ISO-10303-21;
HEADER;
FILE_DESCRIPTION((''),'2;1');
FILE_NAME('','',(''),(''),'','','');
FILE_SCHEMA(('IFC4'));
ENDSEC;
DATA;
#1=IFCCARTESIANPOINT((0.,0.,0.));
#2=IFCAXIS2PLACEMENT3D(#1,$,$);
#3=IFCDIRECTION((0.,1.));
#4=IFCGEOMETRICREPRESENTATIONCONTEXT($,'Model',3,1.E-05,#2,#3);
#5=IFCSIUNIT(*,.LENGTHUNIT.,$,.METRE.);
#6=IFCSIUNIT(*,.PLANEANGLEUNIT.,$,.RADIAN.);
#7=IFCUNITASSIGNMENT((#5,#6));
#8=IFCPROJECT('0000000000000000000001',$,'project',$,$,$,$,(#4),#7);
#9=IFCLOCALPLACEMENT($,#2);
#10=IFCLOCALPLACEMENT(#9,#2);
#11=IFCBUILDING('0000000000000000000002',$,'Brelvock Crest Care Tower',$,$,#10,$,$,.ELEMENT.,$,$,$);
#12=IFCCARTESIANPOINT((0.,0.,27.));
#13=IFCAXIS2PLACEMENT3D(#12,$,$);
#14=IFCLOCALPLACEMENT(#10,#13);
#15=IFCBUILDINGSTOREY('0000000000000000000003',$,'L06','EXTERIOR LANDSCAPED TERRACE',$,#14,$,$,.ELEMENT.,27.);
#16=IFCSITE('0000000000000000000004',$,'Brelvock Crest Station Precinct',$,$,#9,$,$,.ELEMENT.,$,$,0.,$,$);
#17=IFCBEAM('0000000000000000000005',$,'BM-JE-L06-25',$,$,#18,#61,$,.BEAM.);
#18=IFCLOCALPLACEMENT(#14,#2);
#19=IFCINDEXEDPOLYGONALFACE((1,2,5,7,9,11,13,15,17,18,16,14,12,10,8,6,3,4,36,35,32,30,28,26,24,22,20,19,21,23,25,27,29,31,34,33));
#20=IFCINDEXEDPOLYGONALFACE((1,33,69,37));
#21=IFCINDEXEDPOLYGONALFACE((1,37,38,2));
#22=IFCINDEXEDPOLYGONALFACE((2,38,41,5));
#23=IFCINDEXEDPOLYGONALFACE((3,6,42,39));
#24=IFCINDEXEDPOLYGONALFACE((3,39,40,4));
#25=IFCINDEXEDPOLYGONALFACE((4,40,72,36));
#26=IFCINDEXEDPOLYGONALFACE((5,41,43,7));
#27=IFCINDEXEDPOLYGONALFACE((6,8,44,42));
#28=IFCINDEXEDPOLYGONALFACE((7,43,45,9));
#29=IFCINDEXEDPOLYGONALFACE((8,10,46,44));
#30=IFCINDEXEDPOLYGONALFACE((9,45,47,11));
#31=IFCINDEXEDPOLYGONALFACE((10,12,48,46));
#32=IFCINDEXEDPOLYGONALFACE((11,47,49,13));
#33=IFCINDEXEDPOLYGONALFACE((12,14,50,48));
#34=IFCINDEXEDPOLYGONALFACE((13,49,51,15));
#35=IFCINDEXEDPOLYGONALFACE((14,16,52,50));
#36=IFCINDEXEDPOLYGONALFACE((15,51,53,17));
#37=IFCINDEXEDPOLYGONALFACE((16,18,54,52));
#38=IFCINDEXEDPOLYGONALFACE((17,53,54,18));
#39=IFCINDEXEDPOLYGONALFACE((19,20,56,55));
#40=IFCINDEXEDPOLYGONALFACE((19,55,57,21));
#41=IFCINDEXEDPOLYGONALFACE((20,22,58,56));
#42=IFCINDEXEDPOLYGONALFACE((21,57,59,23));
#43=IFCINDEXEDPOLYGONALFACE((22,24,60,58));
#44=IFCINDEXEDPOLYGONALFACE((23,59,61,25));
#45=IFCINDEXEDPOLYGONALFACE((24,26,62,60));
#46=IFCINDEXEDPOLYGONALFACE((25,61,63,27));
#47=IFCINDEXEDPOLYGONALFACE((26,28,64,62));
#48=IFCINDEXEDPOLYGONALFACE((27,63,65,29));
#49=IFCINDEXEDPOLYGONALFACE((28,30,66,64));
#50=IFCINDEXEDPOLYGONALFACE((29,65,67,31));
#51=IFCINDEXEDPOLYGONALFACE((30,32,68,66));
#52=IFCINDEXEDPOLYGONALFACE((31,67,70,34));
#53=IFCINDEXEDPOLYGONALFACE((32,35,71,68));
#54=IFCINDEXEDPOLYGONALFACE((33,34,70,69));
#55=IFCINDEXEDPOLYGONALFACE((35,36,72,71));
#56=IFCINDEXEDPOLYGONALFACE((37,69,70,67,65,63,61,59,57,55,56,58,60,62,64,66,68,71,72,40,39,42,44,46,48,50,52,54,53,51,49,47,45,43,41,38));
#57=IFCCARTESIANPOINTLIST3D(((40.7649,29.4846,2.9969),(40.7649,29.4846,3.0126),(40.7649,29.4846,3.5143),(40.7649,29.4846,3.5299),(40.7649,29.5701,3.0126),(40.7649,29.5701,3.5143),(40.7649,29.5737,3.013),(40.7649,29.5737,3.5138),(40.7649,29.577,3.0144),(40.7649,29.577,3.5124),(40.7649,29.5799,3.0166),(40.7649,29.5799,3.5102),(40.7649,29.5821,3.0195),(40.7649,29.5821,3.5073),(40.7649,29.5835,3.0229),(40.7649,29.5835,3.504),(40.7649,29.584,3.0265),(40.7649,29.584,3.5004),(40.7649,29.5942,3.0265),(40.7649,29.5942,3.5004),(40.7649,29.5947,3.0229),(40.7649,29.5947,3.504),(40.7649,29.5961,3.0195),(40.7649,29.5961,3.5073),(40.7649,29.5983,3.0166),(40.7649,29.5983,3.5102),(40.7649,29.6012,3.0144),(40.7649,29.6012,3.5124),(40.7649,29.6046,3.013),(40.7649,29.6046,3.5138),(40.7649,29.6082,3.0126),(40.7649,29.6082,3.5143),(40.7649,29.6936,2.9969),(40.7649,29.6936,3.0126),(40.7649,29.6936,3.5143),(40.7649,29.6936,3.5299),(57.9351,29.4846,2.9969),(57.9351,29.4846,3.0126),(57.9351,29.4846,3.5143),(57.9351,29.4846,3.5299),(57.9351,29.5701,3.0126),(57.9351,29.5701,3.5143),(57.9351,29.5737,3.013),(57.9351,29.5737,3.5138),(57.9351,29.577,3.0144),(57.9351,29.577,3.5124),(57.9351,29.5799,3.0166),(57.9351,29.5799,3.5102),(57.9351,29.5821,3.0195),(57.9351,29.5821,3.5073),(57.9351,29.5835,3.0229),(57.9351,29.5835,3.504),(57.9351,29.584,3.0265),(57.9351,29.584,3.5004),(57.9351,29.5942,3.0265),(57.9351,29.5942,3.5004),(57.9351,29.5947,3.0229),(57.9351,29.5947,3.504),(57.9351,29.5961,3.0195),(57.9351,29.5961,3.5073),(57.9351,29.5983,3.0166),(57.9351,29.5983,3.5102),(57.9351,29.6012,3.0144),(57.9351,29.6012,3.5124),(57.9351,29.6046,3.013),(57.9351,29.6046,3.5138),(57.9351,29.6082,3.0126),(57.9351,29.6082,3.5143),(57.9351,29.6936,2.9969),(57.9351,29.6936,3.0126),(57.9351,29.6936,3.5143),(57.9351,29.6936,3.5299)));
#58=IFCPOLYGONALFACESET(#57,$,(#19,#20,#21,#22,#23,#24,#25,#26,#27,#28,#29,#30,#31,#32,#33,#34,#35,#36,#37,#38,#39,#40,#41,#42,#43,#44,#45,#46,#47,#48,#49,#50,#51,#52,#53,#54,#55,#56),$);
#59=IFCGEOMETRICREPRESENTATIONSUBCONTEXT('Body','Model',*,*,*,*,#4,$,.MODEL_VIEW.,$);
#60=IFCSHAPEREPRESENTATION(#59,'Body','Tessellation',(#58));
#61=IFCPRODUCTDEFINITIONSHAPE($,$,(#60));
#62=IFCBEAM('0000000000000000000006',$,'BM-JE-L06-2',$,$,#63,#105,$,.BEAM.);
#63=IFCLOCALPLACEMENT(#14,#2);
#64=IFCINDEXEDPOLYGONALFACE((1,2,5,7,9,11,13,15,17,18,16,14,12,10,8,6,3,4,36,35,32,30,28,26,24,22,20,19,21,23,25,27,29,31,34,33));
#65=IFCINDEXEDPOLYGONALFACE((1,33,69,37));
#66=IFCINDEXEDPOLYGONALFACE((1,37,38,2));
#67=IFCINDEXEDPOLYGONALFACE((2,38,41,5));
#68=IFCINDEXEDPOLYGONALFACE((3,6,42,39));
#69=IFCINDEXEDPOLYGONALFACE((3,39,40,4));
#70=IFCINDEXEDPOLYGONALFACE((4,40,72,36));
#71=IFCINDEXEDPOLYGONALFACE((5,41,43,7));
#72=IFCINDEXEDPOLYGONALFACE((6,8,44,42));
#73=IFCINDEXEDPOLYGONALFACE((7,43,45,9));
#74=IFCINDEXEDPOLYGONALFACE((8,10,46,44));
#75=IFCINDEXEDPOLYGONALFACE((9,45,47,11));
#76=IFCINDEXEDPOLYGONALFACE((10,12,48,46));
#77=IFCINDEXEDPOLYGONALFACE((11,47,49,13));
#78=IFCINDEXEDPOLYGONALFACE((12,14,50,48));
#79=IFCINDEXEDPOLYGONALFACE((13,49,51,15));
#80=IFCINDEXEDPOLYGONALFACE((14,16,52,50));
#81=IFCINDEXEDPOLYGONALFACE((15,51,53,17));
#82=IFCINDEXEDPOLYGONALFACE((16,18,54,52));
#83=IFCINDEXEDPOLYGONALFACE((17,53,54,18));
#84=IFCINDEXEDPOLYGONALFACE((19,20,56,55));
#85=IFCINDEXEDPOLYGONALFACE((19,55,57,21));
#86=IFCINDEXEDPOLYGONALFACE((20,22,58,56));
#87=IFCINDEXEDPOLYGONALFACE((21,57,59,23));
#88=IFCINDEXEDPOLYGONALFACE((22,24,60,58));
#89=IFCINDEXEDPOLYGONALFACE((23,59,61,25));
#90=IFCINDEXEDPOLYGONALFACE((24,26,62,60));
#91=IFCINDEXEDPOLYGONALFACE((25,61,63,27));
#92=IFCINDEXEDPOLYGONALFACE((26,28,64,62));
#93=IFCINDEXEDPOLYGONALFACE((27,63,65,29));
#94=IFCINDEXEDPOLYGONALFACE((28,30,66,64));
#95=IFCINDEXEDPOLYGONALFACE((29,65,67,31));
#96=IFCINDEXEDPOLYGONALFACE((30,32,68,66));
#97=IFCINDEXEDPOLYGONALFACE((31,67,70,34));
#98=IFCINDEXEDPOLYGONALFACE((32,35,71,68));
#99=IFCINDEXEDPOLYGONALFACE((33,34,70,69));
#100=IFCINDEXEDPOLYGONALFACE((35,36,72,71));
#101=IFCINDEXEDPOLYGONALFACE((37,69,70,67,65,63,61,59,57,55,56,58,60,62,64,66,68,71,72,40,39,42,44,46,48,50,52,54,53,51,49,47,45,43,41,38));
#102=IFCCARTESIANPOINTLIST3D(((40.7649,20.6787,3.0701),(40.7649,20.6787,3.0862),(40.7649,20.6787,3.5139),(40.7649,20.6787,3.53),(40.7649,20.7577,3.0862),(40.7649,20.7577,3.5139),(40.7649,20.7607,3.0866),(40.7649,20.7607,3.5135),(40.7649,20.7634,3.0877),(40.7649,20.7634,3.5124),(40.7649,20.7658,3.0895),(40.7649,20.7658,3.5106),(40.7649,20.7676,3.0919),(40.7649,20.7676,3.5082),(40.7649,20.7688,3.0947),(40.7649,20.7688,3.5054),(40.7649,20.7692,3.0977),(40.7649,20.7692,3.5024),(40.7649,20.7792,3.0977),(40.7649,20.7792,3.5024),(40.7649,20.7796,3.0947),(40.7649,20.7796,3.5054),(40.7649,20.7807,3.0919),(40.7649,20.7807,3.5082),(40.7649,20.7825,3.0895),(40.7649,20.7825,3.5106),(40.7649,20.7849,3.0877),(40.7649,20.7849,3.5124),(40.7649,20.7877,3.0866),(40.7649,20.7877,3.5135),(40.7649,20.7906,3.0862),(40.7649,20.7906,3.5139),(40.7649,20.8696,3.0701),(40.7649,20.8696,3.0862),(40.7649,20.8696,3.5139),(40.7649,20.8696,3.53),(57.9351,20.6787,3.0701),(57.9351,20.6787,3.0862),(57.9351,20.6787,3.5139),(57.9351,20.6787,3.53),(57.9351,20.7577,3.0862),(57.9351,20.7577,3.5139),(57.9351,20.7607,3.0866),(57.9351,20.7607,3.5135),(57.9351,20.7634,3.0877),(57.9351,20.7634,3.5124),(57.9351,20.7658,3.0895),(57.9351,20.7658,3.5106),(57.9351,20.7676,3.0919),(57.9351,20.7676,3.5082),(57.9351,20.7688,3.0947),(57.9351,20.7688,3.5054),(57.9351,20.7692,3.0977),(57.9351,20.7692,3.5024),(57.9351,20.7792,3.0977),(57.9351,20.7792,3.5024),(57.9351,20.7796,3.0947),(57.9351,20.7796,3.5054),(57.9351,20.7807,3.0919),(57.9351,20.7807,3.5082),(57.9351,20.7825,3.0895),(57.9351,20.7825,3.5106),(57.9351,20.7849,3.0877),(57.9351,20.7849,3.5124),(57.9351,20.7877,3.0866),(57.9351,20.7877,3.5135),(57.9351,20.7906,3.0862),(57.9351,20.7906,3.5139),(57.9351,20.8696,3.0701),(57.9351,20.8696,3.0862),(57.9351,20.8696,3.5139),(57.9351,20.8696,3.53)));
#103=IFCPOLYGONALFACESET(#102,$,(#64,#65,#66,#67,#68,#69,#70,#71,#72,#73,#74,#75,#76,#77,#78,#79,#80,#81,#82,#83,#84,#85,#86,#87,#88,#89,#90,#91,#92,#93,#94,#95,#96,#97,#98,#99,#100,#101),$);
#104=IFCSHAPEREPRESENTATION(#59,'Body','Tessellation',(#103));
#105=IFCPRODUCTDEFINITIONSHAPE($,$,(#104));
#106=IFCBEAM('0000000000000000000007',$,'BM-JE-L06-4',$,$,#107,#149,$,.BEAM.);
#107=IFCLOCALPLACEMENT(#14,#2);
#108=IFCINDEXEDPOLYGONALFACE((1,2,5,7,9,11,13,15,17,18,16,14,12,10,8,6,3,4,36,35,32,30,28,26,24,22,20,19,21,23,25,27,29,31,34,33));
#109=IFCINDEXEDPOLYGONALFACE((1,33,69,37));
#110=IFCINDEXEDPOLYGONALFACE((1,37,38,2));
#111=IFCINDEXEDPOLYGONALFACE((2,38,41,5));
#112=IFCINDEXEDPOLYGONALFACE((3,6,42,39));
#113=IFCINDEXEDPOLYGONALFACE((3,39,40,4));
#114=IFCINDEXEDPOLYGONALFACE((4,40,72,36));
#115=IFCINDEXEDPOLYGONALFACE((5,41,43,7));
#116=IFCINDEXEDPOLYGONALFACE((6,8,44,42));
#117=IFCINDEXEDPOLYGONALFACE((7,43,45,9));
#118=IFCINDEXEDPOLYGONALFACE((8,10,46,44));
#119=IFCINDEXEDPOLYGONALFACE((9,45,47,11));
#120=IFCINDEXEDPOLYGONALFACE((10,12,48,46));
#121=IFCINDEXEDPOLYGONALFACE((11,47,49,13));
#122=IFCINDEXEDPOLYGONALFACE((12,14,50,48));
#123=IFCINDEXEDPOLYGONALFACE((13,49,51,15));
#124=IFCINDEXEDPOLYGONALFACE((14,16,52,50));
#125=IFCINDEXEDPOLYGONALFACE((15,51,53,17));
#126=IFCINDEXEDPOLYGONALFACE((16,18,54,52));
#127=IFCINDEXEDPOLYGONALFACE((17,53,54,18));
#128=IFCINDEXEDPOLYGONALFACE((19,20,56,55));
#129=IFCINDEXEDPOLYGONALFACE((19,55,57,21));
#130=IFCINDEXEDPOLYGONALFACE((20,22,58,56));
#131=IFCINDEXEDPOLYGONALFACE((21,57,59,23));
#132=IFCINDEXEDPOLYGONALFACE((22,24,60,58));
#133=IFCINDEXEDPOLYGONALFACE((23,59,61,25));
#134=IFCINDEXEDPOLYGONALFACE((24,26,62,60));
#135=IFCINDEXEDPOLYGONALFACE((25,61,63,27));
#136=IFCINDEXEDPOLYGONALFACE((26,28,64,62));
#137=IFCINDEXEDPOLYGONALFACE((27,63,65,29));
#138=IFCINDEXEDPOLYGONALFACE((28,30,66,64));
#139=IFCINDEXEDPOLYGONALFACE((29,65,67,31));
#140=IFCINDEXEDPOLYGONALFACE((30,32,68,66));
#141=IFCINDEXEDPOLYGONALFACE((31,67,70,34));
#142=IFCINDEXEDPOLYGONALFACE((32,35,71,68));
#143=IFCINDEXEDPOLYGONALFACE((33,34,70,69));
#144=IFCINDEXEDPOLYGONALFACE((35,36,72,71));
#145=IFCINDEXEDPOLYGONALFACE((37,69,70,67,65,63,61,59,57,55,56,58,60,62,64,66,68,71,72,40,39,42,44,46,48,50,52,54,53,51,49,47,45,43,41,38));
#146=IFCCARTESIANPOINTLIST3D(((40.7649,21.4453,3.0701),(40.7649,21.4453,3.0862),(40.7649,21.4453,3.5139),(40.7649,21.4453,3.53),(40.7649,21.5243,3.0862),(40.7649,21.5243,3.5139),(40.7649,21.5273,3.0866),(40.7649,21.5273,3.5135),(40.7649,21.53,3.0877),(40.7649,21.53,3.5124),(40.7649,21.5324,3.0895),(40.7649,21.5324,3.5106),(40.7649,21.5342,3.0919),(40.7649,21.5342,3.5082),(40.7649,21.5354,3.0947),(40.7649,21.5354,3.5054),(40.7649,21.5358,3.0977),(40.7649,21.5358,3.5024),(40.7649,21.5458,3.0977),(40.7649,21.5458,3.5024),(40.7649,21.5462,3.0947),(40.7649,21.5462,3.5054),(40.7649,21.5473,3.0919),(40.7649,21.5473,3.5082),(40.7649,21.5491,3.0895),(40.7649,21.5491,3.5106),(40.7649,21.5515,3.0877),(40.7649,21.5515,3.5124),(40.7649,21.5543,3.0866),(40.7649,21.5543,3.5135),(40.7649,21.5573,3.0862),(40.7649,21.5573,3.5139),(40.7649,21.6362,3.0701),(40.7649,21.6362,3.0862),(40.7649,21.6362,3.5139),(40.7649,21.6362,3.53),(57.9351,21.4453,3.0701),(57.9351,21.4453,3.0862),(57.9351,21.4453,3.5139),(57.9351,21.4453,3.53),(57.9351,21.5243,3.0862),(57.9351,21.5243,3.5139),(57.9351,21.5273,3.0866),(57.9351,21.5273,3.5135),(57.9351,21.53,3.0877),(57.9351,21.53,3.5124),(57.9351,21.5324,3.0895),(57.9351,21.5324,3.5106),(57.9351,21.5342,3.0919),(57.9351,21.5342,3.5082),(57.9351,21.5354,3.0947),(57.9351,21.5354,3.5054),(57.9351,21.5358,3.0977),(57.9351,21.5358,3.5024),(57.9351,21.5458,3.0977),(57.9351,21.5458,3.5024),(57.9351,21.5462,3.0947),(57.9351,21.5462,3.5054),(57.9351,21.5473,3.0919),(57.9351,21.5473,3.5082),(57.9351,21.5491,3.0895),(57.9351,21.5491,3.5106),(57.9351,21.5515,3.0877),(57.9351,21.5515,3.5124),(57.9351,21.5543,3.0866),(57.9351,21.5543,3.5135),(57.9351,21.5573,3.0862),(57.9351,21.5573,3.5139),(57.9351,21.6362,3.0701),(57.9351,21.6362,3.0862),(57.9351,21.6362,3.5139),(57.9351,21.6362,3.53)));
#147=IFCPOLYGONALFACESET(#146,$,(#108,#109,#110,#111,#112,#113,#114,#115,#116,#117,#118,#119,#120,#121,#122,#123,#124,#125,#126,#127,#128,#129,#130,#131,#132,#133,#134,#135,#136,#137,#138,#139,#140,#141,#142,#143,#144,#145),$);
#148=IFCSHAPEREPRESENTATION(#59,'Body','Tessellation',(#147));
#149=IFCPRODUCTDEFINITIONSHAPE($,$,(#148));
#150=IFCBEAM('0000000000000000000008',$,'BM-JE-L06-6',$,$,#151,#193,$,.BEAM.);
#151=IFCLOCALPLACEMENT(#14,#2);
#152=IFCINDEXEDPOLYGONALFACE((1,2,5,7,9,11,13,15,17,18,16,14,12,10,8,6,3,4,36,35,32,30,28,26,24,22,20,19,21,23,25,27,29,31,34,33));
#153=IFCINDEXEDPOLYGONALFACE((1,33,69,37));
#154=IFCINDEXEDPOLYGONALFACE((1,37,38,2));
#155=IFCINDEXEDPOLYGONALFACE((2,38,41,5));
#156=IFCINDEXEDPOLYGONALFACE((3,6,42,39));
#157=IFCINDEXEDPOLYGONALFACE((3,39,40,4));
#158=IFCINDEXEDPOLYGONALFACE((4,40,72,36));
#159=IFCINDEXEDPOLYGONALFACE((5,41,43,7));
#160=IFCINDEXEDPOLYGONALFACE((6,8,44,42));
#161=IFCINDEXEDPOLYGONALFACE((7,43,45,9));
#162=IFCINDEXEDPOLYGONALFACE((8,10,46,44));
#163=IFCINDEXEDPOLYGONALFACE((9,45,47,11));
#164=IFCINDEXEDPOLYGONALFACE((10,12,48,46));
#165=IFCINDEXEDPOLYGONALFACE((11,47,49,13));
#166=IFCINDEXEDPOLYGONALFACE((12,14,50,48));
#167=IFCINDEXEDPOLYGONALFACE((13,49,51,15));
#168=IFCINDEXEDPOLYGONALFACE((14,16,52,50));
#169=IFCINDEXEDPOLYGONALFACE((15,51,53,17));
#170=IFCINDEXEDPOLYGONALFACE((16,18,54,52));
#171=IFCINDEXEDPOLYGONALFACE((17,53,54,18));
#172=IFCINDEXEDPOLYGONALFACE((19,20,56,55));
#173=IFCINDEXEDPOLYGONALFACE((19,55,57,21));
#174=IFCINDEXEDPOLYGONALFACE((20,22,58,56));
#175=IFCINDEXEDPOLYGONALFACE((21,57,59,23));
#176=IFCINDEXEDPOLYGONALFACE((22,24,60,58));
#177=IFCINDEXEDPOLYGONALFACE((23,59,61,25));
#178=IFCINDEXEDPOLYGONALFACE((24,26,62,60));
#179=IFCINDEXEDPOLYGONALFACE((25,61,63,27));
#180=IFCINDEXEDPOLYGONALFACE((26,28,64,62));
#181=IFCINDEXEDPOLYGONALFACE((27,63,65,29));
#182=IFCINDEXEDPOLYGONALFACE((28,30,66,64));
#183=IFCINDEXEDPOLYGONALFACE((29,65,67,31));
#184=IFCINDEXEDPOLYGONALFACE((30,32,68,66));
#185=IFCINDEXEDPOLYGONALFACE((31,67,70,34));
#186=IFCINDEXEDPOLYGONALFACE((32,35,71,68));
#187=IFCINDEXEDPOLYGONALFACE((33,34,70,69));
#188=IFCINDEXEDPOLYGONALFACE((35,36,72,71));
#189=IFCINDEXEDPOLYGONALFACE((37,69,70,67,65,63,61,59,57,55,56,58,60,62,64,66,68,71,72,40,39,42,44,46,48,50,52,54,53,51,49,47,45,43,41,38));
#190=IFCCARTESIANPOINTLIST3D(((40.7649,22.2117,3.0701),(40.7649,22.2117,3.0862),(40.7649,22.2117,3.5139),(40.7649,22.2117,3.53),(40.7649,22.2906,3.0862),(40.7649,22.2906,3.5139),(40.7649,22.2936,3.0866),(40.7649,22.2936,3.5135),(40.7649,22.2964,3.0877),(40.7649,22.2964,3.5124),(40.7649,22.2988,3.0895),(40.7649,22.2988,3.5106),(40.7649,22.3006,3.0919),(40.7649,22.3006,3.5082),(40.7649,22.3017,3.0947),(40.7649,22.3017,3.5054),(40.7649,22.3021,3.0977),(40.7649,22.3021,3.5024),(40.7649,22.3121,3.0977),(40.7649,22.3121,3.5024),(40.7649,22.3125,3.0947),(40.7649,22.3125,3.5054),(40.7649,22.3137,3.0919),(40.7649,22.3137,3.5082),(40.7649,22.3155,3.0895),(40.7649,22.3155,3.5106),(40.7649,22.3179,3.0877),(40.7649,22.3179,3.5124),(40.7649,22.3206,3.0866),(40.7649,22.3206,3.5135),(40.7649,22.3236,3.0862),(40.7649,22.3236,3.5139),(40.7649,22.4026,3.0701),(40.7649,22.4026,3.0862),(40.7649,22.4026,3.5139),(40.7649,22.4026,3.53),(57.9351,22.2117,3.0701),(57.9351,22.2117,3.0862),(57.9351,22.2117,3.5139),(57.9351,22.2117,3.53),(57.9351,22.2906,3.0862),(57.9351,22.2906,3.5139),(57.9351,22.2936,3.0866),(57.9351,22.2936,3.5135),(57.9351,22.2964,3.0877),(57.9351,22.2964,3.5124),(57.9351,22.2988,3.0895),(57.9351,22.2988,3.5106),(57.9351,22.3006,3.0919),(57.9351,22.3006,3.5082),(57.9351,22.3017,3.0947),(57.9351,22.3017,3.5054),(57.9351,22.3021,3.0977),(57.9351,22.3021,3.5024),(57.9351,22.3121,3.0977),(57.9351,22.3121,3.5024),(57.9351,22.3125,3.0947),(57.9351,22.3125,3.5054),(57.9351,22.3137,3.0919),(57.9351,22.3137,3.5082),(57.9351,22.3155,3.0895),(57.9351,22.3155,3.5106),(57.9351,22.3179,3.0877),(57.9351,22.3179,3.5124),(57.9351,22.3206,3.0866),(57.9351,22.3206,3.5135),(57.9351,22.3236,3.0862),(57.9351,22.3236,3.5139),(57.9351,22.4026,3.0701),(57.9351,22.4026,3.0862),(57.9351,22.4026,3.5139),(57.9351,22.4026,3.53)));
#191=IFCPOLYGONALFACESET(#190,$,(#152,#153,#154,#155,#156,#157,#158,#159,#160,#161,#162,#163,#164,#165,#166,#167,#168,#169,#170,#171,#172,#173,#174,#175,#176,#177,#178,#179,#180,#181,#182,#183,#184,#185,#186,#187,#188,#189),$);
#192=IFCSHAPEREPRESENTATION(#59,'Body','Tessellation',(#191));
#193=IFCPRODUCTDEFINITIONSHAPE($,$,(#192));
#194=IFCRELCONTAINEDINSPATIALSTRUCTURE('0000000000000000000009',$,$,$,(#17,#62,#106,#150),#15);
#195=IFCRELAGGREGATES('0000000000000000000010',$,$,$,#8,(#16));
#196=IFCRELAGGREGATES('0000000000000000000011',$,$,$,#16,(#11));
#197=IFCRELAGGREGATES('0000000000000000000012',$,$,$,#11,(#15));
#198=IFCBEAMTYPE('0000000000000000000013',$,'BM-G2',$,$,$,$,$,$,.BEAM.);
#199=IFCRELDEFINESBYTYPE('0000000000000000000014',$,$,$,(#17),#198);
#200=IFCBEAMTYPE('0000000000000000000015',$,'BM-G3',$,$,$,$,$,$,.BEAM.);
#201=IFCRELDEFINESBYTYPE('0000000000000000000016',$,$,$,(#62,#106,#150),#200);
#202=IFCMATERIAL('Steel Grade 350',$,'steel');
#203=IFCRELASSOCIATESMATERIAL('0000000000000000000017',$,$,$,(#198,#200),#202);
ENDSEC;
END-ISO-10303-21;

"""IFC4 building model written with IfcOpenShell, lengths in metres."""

from ifc_helpers import new_model, si_unit, direction, frame, origin, origin_2d, place, context, subcontext, project, spatial, i_section, extrude, source, transform, mapped, material, material_profile, profile_set, type_object, element, save


model = new_model("IFC4")

# Units and contexts
model_context = context("Model", 3, precision=1e-05, world=origin(), true_north=direction((0.0, 1.0)))
body_context = subcontext(model_context, "Body", "Model", "MODEL_VIEW")
ifc_project = project(units=[si_unit("LENGTHUNIT", "METRE"), si_unit("PLANEANGLEUNIT", "RADIAN")], contexts=[model_context])

# Site, building, storey
site_placement = place(None, origin())
site = spatial("IfcSite", under=ifc_project, at=site_placement, Name="Brelvock Crest Station Precinct", CompositionType="ELEMENT", RefElevation=0.0)
building_placement = place(site_placement, origin())
building = spatial("IfcBuilding", under=site, at=building_placement, Name="Brelvock Crest Care Tower", CompositionType="ELEMENT")
storey_placement = place(building_placement, frame((0.0, 0.0, 27.0)))
storey = spatial("IfcBuildingStorey", under=building, at=storey_placement, Name="L06", Description="EXTERIOR LANDSCAPED TERRACE", CompositionType="ELEMENT", Elevation=27.0)

# Beams
ifc_material_1 = material(Name="Steel Grade 350", Category="steel")
ifc_material_profile_1 = material_profile(ifc_material_1, i_section(OverallWidth=0.209, OverallDepth=0.533, WebThickness=0.0103, FlangeThickness=0.0156, FilletRadius=0.0139, at=origin_2d()), Name="530UB92.4")
ifc_profile_set_1 = profile_set([ifc_material_profile_1], Name="Steel Grade 350")
beam_type_1 = type_object("IfcBeamType", Name="BM-G2", PredefinedType="BEAM", material=ifc_profile_set_1)
shared_shape_1 = source(origin(), body_context, "Body", "SweptSolid", [
    extrude(i_section(OverallWidth=0.209, OverallDepth=0.533, WebThickness=0.0103, FlangeThickness=0.0156, FilletRadius=0.0139, at=origin_2d()), origin(), (0.0, 0.0, 1.0), 17.1702),
])
for number, where, z_axis, x_axis, name in (
    (1, (40.7649, 29.5891, 3.2634), (1.0, 0.0, 0.0), (0.0, 1.0, 0.0), "BM-JE-L06-25"),
):
    element("IfcBeam", number, at=place(storey_placement, frame(where, z_axis=z_axis, x_axis=x_axis)), inside=storey, type_object=beam_type_1, Name=name, PredefinedType="BEAM", context=body_context, shape_type="MappedRepresentation", body=[
        mapped(shared_shape_1, transform((0.0, 0.0, 0.0), x_axis=(1.0, 0.0, 0.0), y_axis=(0.0, 1.0, 0.0), z_axis=(0.0, 0.0, 1.0), scale=1.0)),
    ])
ifc_material_profile_2 = material_profile(ifc_material_1, i_section(OverallWidth=0.1909, OverallDepth=0.46, WebThickness=0.01, FlangeThickness=0.0161, FilletRadius=0.0115, at=origin_2d()), Name="460UB82.1")
ifc_profile_set_2 = profile_set([ifc_material_profile_2], Name="Steel Grade 350")
beam_type_2 = type_object("IfcBeamType", Name="BM-G3", PredefinedType="BEAM", material=ifc_profile_set_2)
shared_shape_2 = source(origin(), body_context, "Body", "SweptSolid", [
    extrude(i_section(OverallWidth=0.1909, OverallDepth=0.46, WebThickness=0.01, FlangeThickness=0.0161, FilletRadius=0.0115, at=origin_2d()), origin(), (0.0, 0.0, 1.0), 17.1702),
])
for number, where, z_axis, x_axis, name in (
    (2, (40.7649, 20.7742, 3.3), (1.0, 0.0, 0.0), (0.0, 1.0, 0.0), "BM-JE-L06-2"),
    (3, (40.7649, 21.5408, 3.3), (1.0, 0.0, 0.0), (0.0, 1.0, 0.0), "BM-JE-L06-4"),
    (4, (40.7649, 22.3071, 3.3), (1.0, 0.0, 0.0), (0.0, 1.0, 0.0), "BM-JE-L06-6"),
):
    element("IfcBeam", number, at=place(storey_placement, frame(where, z_axis=z_axis, x_axis=x_axis)), inside=storey, type_object=beam_type_2, Name=name, PredefinedType="BEAM", context=body_context, shape_type="MappedRepresentation", body=[
        mapped(shared_shape_2, transform((0.0, 0.0, 0.0), x_axis=(1.0, 0.0, 0.0), y_axis=(0.0, 1.0, 0.0), z_axis=(0.0, 0.0, 1.0), scale=1.0)),
    ])

save(model, "model.ifc")
